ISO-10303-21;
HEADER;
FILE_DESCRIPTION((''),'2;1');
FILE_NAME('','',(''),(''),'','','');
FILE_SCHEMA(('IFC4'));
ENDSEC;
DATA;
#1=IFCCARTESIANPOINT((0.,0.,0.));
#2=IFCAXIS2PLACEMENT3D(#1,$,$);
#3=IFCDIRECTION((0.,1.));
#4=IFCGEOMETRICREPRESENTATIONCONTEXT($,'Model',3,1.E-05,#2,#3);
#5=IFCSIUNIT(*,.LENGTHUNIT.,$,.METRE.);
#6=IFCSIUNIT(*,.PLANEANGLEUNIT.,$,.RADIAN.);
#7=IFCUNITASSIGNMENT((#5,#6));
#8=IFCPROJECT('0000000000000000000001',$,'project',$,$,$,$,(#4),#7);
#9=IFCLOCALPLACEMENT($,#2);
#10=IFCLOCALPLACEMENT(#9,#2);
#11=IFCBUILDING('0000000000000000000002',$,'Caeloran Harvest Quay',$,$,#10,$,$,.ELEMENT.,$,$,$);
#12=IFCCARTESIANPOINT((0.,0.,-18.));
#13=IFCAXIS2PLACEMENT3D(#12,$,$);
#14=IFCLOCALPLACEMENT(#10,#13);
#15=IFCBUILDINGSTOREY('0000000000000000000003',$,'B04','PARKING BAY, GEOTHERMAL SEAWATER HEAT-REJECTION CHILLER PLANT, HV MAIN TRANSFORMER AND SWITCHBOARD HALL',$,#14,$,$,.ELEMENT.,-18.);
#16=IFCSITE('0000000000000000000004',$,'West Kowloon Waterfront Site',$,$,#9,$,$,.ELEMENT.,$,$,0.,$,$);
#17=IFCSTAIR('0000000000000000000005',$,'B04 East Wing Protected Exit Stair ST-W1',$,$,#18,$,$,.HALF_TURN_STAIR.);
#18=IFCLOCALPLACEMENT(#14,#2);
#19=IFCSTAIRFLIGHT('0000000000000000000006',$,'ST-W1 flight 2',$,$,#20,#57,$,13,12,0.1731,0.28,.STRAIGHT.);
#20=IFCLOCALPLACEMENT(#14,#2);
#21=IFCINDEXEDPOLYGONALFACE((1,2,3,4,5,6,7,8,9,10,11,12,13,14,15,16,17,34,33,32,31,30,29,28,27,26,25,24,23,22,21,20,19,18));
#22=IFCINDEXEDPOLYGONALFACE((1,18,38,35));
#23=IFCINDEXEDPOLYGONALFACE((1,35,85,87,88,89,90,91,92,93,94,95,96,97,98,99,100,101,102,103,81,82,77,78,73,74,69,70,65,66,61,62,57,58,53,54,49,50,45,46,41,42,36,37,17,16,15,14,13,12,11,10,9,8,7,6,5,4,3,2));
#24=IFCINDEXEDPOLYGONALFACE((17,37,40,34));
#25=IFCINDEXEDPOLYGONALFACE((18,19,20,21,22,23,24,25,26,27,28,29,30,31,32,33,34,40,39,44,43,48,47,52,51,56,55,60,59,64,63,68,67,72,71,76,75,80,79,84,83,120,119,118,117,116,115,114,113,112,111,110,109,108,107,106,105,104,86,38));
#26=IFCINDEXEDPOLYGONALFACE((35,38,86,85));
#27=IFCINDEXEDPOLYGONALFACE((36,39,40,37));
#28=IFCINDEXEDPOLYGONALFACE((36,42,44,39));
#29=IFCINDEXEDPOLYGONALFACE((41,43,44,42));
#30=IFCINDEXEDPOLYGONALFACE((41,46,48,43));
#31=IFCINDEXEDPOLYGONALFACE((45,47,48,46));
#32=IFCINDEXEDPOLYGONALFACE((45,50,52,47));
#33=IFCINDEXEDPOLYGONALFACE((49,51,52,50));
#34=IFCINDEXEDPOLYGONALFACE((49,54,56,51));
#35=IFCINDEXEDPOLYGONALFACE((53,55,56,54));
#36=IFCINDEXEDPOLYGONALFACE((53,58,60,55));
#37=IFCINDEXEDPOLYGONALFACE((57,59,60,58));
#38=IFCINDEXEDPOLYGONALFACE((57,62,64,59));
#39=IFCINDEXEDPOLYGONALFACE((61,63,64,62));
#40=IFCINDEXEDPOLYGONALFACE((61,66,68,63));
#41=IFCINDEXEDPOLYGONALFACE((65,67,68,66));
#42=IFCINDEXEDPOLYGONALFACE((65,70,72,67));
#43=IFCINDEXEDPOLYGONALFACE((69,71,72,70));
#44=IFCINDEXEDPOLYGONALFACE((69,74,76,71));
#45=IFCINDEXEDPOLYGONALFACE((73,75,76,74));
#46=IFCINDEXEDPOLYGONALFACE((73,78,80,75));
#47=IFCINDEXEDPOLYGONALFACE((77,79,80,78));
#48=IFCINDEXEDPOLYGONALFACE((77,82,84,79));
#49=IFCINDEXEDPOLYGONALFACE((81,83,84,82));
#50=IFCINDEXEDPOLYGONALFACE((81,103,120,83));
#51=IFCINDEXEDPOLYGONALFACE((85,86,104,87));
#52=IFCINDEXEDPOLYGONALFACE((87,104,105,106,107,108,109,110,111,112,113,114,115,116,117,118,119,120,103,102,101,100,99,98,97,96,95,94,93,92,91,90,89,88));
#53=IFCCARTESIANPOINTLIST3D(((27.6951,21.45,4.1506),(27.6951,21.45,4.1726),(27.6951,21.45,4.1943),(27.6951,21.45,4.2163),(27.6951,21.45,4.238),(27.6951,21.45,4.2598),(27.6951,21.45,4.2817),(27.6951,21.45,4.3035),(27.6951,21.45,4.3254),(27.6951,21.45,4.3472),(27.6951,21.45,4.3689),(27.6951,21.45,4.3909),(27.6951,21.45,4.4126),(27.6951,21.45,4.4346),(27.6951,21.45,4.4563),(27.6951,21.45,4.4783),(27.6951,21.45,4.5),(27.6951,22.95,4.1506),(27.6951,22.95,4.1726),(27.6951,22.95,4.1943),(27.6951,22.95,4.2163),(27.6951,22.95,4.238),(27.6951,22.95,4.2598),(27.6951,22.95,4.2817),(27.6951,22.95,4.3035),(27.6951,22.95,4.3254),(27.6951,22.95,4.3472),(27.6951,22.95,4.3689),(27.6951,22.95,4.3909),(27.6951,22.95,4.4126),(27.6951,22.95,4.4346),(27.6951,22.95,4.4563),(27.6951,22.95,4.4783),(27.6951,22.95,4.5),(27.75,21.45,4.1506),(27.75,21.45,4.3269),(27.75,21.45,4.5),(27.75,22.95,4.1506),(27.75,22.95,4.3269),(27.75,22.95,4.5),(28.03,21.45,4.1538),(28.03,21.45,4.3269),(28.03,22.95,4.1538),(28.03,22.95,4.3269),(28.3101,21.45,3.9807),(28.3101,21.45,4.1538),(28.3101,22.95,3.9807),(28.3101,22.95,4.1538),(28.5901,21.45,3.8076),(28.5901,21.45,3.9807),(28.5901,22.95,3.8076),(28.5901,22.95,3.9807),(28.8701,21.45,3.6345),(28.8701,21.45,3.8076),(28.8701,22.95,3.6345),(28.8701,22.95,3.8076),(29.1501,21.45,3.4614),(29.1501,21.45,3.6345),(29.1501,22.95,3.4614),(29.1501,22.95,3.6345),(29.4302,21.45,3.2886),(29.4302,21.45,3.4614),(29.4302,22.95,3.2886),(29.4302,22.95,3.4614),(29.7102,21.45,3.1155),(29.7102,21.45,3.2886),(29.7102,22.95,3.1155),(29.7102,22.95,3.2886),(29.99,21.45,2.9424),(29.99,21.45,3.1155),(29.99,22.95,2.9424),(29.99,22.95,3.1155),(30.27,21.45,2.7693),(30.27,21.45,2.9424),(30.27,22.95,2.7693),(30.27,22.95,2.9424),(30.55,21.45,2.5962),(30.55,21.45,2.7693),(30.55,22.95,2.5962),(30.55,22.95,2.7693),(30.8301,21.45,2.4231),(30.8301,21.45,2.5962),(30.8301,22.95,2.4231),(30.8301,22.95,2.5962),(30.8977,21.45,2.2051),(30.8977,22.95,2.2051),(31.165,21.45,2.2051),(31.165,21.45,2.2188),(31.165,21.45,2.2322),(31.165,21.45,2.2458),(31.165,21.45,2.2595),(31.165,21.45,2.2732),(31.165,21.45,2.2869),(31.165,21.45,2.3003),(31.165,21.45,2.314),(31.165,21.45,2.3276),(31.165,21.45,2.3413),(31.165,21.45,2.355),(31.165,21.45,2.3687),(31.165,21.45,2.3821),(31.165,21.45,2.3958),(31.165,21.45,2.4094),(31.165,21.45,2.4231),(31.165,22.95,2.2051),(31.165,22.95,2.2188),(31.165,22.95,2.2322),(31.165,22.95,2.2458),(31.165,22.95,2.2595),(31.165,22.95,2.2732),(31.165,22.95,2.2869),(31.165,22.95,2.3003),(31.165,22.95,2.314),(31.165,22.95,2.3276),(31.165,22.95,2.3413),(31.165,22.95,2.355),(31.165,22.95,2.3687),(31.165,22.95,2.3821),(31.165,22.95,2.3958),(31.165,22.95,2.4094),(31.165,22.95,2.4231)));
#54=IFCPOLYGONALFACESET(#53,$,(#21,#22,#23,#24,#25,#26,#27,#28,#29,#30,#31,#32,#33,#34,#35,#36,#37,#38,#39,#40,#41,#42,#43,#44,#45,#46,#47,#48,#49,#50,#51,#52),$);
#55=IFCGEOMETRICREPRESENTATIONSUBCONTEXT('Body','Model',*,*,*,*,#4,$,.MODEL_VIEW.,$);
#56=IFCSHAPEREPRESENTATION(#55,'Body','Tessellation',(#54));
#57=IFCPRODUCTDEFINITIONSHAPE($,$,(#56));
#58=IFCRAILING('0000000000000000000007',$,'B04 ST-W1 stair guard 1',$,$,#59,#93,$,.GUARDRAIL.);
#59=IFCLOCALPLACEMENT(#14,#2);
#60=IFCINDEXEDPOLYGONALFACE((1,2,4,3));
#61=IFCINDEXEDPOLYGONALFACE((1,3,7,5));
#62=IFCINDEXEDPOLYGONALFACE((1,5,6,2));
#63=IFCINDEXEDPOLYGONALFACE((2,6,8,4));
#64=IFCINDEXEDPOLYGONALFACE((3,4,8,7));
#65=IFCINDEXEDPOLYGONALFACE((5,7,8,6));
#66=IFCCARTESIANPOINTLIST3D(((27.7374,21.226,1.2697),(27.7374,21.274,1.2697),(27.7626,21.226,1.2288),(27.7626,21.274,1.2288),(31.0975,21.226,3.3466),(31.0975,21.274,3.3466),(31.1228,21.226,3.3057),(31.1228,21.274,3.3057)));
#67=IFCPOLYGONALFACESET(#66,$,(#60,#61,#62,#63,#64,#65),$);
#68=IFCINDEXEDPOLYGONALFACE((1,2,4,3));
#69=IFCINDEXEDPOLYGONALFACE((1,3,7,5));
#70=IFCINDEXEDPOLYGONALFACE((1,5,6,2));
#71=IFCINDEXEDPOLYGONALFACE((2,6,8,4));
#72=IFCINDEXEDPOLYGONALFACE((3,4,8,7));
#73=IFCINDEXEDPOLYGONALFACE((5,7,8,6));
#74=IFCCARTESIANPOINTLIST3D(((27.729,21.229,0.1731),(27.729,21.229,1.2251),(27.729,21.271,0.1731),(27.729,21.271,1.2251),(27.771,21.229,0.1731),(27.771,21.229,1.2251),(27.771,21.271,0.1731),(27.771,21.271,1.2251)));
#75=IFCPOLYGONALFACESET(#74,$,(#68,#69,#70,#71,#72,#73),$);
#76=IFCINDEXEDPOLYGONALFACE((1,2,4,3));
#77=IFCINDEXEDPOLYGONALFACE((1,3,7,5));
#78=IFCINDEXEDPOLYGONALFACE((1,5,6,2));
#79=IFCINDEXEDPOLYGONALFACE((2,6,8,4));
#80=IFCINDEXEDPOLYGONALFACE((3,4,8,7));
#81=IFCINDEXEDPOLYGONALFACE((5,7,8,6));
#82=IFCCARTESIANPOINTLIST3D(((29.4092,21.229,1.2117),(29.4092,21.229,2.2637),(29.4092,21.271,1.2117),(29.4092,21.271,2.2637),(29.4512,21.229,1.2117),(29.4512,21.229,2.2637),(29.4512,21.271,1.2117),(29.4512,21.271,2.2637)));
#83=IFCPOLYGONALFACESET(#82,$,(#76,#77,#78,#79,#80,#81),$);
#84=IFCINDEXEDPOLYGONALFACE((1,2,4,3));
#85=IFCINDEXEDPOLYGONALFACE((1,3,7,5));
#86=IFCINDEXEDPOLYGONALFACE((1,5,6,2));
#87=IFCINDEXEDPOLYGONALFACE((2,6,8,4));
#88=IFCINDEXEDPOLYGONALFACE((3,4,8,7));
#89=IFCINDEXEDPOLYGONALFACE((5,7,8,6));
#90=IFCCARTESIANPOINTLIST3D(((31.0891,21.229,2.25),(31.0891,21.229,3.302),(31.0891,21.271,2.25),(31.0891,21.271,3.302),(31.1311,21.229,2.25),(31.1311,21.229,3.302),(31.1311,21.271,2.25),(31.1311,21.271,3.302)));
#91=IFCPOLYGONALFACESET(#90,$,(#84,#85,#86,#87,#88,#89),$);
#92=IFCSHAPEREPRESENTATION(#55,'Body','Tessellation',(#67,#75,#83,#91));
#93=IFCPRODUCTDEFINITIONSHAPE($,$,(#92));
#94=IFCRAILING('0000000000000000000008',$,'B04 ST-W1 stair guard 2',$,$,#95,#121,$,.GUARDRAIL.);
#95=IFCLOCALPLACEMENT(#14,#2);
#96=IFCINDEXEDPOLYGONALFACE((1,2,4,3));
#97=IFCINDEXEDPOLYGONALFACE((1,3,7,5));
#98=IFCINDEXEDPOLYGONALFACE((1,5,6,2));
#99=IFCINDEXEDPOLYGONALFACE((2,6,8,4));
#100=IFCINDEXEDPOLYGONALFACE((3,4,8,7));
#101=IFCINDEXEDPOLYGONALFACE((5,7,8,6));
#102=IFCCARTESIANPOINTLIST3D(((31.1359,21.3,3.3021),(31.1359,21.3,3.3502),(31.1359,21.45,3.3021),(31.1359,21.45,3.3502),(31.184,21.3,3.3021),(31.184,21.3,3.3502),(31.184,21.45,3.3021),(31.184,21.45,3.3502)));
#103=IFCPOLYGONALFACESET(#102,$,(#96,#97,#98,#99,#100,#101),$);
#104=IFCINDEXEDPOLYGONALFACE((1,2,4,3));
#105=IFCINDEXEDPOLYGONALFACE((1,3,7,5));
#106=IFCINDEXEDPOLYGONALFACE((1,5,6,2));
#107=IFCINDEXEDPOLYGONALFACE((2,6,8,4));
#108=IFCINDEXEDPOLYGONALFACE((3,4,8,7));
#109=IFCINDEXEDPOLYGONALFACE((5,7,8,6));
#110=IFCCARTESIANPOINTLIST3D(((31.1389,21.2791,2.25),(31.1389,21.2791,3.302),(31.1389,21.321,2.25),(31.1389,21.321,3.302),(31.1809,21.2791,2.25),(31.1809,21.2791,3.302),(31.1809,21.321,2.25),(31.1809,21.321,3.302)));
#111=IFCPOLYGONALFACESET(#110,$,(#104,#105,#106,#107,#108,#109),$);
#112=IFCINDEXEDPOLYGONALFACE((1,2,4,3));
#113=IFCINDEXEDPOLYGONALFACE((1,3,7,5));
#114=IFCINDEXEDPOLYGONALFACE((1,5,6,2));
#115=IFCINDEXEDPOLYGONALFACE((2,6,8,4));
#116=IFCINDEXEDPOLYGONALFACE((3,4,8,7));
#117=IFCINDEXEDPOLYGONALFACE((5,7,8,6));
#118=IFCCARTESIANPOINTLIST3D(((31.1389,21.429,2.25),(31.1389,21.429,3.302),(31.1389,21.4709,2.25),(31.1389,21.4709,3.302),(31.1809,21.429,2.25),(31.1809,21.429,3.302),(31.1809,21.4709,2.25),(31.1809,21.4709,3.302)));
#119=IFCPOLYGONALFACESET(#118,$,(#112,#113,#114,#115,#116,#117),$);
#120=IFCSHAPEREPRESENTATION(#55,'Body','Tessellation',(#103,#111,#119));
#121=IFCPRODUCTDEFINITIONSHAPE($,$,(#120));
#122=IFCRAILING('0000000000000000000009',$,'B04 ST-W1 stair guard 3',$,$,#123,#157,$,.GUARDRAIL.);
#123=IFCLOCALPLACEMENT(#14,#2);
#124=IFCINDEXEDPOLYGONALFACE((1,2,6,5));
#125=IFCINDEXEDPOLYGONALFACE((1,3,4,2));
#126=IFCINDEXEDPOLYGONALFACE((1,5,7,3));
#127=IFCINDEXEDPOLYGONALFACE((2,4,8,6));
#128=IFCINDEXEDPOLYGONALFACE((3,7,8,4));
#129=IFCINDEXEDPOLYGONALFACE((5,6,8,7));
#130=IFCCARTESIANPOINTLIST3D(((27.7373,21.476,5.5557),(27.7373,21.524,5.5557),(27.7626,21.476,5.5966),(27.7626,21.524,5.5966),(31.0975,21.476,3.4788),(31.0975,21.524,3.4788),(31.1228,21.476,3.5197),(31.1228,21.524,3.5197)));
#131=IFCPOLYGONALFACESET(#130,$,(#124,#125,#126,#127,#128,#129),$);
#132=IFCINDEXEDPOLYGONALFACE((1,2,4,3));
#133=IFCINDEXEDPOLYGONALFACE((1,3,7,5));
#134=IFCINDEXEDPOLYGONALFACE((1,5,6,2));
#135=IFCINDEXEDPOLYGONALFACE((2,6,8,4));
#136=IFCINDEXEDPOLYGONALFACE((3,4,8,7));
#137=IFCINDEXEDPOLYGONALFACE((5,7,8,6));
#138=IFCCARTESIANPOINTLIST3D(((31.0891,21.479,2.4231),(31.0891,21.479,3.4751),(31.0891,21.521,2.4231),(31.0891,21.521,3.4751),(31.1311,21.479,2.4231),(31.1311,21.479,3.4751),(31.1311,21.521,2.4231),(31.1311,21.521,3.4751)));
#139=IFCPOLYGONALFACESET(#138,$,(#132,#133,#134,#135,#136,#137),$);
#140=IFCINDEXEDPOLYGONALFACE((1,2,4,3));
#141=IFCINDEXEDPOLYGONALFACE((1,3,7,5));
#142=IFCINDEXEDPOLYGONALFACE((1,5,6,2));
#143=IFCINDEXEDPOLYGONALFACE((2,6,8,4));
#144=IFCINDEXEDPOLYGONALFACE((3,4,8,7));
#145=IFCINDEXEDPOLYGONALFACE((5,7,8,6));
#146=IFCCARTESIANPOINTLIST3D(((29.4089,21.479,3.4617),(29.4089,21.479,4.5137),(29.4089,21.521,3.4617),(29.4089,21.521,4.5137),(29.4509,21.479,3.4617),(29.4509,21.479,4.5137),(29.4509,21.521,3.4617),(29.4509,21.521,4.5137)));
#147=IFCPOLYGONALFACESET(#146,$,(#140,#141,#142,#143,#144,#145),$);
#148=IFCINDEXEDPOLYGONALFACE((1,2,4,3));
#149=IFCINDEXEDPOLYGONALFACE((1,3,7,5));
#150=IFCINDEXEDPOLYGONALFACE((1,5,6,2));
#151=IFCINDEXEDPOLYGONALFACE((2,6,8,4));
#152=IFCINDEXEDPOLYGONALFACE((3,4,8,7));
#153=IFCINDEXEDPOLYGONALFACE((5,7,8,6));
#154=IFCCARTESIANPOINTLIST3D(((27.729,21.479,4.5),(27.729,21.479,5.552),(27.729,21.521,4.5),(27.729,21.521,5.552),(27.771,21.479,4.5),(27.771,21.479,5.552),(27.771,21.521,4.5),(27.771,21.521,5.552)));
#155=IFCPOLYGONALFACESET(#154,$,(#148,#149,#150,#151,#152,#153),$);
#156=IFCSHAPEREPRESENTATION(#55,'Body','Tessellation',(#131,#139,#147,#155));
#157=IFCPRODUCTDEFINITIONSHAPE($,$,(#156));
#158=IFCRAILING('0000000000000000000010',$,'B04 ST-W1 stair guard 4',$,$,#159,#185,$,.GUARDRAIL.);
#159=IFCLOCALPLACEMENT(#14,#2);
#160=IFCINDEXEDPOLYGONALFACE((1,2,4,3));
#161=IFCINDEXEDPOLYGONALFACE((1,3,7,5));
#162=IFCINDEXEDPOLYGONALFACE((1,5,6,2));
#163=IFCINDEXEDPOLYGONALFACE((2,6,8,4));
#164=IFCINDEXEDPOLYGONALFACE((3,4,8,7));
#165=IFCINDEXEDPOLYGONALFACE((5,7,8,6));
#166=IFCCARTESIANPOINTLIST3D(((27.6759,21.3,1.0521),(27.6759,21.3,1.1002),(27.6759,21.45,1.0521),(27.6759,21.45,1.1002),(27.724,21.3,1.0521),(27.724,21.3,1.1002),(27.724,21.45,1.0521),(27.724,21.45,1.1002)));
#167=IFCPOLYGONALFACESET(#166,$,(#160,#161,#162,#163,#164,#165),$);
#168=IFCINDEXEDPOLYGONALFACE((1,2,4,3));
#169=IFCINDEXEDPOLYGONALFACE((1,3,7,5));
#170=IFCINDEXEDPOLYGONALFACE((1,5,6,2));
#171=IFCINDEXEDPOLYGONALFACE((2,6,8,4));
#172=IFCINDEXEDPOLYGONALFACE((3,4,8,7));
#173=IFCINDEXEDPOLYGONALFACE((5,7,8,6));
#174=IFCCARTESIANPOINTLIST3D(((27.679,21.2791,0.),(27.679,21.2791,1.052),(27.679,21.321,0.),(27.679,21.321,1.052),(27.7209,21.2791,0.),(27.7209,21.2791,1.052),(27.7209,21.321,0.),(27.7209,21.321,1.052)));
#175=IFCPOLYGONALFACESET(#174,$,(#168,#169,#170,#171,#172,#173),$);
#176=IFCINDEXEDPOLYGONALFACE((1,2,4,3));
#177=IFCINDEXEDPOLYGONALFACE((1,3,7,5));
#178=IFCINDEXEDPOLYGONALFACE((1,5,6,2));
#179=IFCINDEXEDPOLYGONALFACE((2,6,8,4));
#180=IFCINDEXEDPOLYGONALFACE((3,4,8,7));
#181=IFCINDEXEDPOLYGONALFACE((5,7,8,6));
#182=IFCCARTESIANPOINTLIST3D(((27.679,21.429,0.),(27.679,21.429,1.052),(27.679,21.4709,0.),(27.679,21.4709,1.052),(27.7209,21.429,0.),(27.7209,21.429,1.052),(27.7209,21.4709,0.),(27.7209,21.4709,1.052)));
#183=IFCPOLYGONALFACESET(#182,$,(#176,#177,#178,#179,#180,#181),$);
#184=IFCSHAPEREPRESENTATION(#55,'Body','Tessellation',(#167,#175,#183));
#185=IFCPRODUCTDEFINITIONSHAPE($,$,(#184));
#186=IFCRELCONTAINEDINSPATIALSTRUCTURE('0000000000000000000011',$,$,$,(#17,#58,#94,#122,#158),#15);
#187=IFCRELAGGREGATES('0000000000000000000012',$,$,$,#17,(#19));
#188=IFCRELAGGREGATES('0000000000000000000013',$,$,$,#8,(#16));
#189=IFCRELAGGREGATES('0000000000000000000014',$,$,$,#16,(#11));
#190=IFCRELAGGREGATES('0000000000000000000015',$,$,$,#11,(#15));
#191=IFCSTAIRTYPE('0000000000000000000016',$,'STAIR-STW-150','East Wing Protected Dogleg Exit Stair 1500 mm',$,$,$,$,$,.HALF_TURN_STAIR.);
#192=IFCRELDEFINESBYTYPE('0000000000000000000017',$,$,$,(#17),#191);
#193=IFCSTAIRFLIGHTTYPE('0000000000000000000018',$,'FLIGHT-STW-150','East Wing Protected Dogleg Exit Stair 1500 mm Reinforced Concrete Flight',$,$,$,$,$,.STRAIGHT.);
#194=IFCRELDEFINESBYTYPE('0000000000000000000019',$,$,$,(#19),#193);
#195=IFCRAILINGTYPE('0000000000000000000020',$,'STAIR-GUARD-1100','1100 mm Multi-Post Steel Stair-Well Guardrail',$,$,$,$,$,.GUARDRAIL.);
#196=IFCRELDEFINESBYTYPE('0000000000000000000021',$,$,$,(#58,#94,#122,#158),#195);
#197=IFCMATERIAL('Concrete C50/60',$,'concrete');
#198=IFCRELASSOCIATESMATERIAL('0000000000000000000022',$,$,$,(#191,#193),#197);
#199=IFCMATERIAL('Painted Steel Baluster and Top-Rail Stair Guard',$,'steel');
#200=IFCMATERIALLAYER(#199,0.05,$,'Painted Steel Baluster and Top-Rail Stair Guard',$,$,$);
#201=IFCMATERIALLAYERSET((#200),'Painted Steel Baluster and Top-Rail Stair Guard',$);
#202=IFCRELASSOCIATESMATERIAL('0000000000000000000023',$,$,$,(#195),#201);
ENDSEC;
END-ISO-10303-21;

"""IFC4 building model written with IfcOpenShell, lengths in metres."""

from ifc_helpers import new_model, si_unit, direction, frame, origin, origin_2d, place, context, subcontext, project, spatial, polyline, rectangle, outline, extrude, material, layer, layer_set, type_object, element, aggregate, save


model = new_model("IFC4")

# Units and contexts
model_context = context("Model", 3, precision=1e-05, world=origin(), true_north=direction((0.0, 1.0)))
body_context = subcontext(model_context, "Body", "Model", "MODEL_VIEW")
ifc_project = project(units=[si_unit("LENGTHUNIT", "METRE"), si_unit("PLANEANGLEUNIT", "RADIAN")], contexts=[model_context])

# Site, building, storey
site_placement = place(None, origin())
site = spatial("IfcSite", under=ifc_project, at=site_placement, Name="West Kowloon Waterfront Site", CompositionType="ELEMENT", RefElevation=0.0)
building_placement = place(site_placement, origin())
building = spatial("IfcBuilding", under=site, at=building_placement, Name="Caeloran Harvest Quay", CompositionType="ELEMENT")
storey_placement = place(building_placement, frame((0.0, 0.0, -18.0)))
storey = spatial("IfcBuildingStorey", under=building, at=storey_placement, Name="B04", Description="PARKING BAY, GEOTHERMAL SEAWATER HEAT-REJECTION CHILLER PLANT, HV MAIN TRANSFORMER AND SWITCHBOARD HALL", CompositionType="ELEMENT", Elevation=-18.0)

# Shared definitions
ifc_material_1 = material(Name="Concrete C50/60", Category="concrete")

# Stair, stair flight
stair_type = type_object("IfcStairType", Name="STAIR-STW-150", Description="East Wing Protected Dogleg Exit Stair 1500 mm", PredefinedType="HALF_TURN_STAIR", material=ifc_material_1)
stair_placement = place(storey_placement, origin())
stair = element("IfcStair", 1, at=stair_placement, inside=storey, type_object=stair_type, Name="B04 East Wing Protected Exit Stair ST-W1", PredefinedType="HALF_TURN_STAIR")
stair_flight_type = type_object("IfcStairFlightType", Name="FLIGHT-STW-150", Description="East Wing Protected Dogleg Exit Stair 1500 mm Reinforced Concrete Flight", PredefinedType="STRAIGHT", material=ifc_material_1)
stair_flight_1_placement = place(storey_placement, frame((31.1101, 22.2, 2.25), z_axis=(0.0, 0.0, 1.0), x_axis=(-1.0, 0.0, 0.0)))
stair_flight_1 = element("IfcStairFlight", 2, at=stair_flight_1_placement, type_object=stair_flight_type, Name="ST-W1 flight 2", NumberOfRisers=13, NumberOfTreads=12, PredefinedType="STRAIGHT", RiserHeight=0.1731, TreadLength=0.28, context=body_context, shape_type="SweptSolid", body=[
    extrude(outline(polyline([(-0.0549, -0.0449), (-0.0549, -0.0312), (-0.0549, -0.0178), (-0.0549, -0.0042), (-0.0549, 0.0095), (-0.0549, 0.0232), (-0.0549, 0.0369), (-0.0549, 0.0503), (-0.0549, 0.064), (-0.0549, 0.0776), (-0.0549, 0.0913), (-0.0549, 0.105), (-0.0549, 0.1187), (-0.0549, 0.1321), (-0.0549, 0.1458), (-0.0549, 0.1594), (-0.0549, 0.1731), (0.28, 0.1731), (0.28, 0.3462), (0.5601, 0.3462), (0.5601, 0.5193), (0.8401, 0.5193), (0.8401, 0.6924), (1.1201, 0.6924), (1.1201, 0.8655), (1.3999, 0.8655), (1.3999, 1.0386), (1.6799, 1.0386), (1.6799, 1.2114), (1.96, 1.2114), (1.96, 1.3845), (2.24, 1.3845), (2.24, 1.5576), (2.52, 1.5576), (2.52, 1.7307), (2.8, 1.7307), (2.8, 1.9038), (3.0801, 1.9038), (3.0801, 2.0769), (3.3601, 2.0769), (3.3601, 2.25), (3.415, 2.25), (3.415, 2.2283), (3.415, 2.2063), (3.415, 2.1846), (3.415, 2.1626), (3.415, 2.1409), (3.415, 2.1189), (3.415, 2.0972), (3.415, 2.0754), (3.415, 2.0535), (3.415, 2.0317), (3.415, 2.0098), (3.415, 1.988), (3.415, 1.9663), (3.415, 1.9443), (3.415, 1.9226), (3.415, 1.9006), (3.3601, 1.9006), (0.2124, -0.0449), (-0.0549, -0.0449)])), frame((0.0, 0.75, 0.0), z_axis=(0.0, -1.0, 0.0), x_axis=(1.0, 0.0, 0.0)), (0.0, 0.0, 1.0), 1.5),
])
aggregate(stair, [stair_flight_1])

# Railings
ifc_material_2 = material(Name="Painted Steel Baluster and Top-Rail Stair Guard", Category="steel")
ifc_layer_1 = layer(ifc_material_2, 0.05, Name="Painted Steel Baluster and Top-Rail Stair Guard")
ifc_layer_set_1 = layer_set([ifc_layer_1], Name="Painted Steel Baluster and Top-Rail Stair Guard")
railing_type_1 = type_object("IfcRailingType", Name="STAIR-GUARD-1100", Description="1100 mm Multi-Post Steel Stair-Well Guardrail", PredefinedType="GUARDRAIL", material=ifc_layer_set_1)
railing_1_placement = place(storey_placement, frame((27.75, 21.25, 0.1731)))
element("IfcRailing", 3, at=railing_1_placement, inside=storey, type_object=railing_type_1, Name="B04 ST-W1 stair guard 1", PredefinedType="GUARDRAIL", context=body_context, shape_type="SweptSolid", body=[
    extrude(rectangle(XDim=0.0481, YDim=0.0481, at=origin_2d()), frame((0.0, 0.0, 1.0762), z_axis=(0.850623, 0.0, 0.525776), x_axis=(0.0, 1.0, 0.0)), (0.0, 0.0, 1.0), 3.9502),
    extrude(rectangle(XDim=0.042, YDim=0.042, at=origin_2d()), origin(), (0.0, 0.0, 1.0), 1.052),
    extrude(rectangle(XDim=0.042, YDim=0.042, at=origin_2d()), frame((1.6802, 0.0, 1.0386)), (0.0, 0.0, 1.0), 1.052),
    extrude(rectangle(XDim=0.042, YDim=0.042, at=origin_2d()), frame((3.3601, 0.0, 2.0769)), (0.0, 0.0, 1.0), 1.052),
])
railing_2_placement = place(storey_placement, frame((31.1599, 21.3, 2.25)))
element("IfcRailing", 4, at=railing_2_placement, inside=storey, type_object=railing_type_1, Name="B04 ST-W1 stair guard 2", PredefinedType="GUARDRAIL", context=body_context, shape_type="SweptSolid", body=[
    extrude(rectangle(XDim=0.0481, YDim=0.0481, at=origin_2d()), frame((0.0, 0.0, 1.0762), z_axis=(0.0, 1.0, 0.0), x_axis=(-1.0, 0.0, 0.0)), (0.0, 0.0, 1.0), 0.1499),
    extrude(rectangle(XDim=0.042, YDim=0.042, at=origin_2d()), origin(), (0.0, 0.0, 1.0), 1.052),
    extrude(rectangle(XDim=0.042, YDim=0.042, at=origin_2d()), frame((0.0, 0.1499, 0.0)), (0.0, 0.0, 1.0), 1.052),
])
railing_3_placement = place(storey_placement, frame((31.1101, 21.5, 2.4231)))
element("IfcRailing", 5, at=railing_3_placement, inside=storey, type_object=railing_type_1, Name="B04 ST-W1 stair guard 3", PredefinedType="GUARDRAIL", context=body_context, shape_type="SweptSolid", body=[
    extrude(rectangle(XDim=0.0481, YDim=0.0481, at=origin_2d()), frame((0.0, 0.0, 1.0762), z_axis=(-0.850623, 0.0, 0.525776), x_axis=(0.0, -1.0, 0.0)), (0.0, 0.0, 1.0), 3.9502),
    extrude(rectangle(XDim=0.042, YDim=0.042, at=origin_2d()), origin(), (0.0, 0.0, 1.0), 1.052),
    extrude(rectangle(XDim=0.042, YDim=0.042, at=origin_2d()), frame((-1.6802, 0.0, 1.0386)), (0.0, 0.0, 1.0), 1.052),
    extrude(rectangle(XDim=0.042, YDim=0.042, at=origin_2d()), frame((-3.3601, 0.0, 2.0769)), (0.0, 0.0, 1.0), 1.052),
])
railing_4_placement = place(storey_placement, frame((27.7, 21.3, 0.0)))
element("IfcRailing", 6, at=railing_4_placement, inside=storey, type_object=railing_type_1, Name="B04 ST-W1 stair guard 4", PredefinedType="GUARDRAIL", context=body_context, shape_type="SweptSolid", body=[
    extrude(rectangle(XDim=0.0481, YDim=0.0481, at=origin_2d()), frame((0.0, 0.0, 1.0762), z_axis=(0.0, 1.0, 0.0), x_axis=(-1.0, 0.0, 0.0)), (0.0, 0.0, 1.0), 0.1499),
    extrude(rectangle(XDim=0.042, YDim=0.042, at=origin_2d()), origin(), (0.0, 0.0, 1.0), 1.052),
    extrude(rectangle(XDim=0.042, YDim=0.042, at=origin_2d()), frame((0.0, 0.1499, 0.0)), (0.0, 0.0, 1.0), 1.052),
])

save(model, "model.ifc")
